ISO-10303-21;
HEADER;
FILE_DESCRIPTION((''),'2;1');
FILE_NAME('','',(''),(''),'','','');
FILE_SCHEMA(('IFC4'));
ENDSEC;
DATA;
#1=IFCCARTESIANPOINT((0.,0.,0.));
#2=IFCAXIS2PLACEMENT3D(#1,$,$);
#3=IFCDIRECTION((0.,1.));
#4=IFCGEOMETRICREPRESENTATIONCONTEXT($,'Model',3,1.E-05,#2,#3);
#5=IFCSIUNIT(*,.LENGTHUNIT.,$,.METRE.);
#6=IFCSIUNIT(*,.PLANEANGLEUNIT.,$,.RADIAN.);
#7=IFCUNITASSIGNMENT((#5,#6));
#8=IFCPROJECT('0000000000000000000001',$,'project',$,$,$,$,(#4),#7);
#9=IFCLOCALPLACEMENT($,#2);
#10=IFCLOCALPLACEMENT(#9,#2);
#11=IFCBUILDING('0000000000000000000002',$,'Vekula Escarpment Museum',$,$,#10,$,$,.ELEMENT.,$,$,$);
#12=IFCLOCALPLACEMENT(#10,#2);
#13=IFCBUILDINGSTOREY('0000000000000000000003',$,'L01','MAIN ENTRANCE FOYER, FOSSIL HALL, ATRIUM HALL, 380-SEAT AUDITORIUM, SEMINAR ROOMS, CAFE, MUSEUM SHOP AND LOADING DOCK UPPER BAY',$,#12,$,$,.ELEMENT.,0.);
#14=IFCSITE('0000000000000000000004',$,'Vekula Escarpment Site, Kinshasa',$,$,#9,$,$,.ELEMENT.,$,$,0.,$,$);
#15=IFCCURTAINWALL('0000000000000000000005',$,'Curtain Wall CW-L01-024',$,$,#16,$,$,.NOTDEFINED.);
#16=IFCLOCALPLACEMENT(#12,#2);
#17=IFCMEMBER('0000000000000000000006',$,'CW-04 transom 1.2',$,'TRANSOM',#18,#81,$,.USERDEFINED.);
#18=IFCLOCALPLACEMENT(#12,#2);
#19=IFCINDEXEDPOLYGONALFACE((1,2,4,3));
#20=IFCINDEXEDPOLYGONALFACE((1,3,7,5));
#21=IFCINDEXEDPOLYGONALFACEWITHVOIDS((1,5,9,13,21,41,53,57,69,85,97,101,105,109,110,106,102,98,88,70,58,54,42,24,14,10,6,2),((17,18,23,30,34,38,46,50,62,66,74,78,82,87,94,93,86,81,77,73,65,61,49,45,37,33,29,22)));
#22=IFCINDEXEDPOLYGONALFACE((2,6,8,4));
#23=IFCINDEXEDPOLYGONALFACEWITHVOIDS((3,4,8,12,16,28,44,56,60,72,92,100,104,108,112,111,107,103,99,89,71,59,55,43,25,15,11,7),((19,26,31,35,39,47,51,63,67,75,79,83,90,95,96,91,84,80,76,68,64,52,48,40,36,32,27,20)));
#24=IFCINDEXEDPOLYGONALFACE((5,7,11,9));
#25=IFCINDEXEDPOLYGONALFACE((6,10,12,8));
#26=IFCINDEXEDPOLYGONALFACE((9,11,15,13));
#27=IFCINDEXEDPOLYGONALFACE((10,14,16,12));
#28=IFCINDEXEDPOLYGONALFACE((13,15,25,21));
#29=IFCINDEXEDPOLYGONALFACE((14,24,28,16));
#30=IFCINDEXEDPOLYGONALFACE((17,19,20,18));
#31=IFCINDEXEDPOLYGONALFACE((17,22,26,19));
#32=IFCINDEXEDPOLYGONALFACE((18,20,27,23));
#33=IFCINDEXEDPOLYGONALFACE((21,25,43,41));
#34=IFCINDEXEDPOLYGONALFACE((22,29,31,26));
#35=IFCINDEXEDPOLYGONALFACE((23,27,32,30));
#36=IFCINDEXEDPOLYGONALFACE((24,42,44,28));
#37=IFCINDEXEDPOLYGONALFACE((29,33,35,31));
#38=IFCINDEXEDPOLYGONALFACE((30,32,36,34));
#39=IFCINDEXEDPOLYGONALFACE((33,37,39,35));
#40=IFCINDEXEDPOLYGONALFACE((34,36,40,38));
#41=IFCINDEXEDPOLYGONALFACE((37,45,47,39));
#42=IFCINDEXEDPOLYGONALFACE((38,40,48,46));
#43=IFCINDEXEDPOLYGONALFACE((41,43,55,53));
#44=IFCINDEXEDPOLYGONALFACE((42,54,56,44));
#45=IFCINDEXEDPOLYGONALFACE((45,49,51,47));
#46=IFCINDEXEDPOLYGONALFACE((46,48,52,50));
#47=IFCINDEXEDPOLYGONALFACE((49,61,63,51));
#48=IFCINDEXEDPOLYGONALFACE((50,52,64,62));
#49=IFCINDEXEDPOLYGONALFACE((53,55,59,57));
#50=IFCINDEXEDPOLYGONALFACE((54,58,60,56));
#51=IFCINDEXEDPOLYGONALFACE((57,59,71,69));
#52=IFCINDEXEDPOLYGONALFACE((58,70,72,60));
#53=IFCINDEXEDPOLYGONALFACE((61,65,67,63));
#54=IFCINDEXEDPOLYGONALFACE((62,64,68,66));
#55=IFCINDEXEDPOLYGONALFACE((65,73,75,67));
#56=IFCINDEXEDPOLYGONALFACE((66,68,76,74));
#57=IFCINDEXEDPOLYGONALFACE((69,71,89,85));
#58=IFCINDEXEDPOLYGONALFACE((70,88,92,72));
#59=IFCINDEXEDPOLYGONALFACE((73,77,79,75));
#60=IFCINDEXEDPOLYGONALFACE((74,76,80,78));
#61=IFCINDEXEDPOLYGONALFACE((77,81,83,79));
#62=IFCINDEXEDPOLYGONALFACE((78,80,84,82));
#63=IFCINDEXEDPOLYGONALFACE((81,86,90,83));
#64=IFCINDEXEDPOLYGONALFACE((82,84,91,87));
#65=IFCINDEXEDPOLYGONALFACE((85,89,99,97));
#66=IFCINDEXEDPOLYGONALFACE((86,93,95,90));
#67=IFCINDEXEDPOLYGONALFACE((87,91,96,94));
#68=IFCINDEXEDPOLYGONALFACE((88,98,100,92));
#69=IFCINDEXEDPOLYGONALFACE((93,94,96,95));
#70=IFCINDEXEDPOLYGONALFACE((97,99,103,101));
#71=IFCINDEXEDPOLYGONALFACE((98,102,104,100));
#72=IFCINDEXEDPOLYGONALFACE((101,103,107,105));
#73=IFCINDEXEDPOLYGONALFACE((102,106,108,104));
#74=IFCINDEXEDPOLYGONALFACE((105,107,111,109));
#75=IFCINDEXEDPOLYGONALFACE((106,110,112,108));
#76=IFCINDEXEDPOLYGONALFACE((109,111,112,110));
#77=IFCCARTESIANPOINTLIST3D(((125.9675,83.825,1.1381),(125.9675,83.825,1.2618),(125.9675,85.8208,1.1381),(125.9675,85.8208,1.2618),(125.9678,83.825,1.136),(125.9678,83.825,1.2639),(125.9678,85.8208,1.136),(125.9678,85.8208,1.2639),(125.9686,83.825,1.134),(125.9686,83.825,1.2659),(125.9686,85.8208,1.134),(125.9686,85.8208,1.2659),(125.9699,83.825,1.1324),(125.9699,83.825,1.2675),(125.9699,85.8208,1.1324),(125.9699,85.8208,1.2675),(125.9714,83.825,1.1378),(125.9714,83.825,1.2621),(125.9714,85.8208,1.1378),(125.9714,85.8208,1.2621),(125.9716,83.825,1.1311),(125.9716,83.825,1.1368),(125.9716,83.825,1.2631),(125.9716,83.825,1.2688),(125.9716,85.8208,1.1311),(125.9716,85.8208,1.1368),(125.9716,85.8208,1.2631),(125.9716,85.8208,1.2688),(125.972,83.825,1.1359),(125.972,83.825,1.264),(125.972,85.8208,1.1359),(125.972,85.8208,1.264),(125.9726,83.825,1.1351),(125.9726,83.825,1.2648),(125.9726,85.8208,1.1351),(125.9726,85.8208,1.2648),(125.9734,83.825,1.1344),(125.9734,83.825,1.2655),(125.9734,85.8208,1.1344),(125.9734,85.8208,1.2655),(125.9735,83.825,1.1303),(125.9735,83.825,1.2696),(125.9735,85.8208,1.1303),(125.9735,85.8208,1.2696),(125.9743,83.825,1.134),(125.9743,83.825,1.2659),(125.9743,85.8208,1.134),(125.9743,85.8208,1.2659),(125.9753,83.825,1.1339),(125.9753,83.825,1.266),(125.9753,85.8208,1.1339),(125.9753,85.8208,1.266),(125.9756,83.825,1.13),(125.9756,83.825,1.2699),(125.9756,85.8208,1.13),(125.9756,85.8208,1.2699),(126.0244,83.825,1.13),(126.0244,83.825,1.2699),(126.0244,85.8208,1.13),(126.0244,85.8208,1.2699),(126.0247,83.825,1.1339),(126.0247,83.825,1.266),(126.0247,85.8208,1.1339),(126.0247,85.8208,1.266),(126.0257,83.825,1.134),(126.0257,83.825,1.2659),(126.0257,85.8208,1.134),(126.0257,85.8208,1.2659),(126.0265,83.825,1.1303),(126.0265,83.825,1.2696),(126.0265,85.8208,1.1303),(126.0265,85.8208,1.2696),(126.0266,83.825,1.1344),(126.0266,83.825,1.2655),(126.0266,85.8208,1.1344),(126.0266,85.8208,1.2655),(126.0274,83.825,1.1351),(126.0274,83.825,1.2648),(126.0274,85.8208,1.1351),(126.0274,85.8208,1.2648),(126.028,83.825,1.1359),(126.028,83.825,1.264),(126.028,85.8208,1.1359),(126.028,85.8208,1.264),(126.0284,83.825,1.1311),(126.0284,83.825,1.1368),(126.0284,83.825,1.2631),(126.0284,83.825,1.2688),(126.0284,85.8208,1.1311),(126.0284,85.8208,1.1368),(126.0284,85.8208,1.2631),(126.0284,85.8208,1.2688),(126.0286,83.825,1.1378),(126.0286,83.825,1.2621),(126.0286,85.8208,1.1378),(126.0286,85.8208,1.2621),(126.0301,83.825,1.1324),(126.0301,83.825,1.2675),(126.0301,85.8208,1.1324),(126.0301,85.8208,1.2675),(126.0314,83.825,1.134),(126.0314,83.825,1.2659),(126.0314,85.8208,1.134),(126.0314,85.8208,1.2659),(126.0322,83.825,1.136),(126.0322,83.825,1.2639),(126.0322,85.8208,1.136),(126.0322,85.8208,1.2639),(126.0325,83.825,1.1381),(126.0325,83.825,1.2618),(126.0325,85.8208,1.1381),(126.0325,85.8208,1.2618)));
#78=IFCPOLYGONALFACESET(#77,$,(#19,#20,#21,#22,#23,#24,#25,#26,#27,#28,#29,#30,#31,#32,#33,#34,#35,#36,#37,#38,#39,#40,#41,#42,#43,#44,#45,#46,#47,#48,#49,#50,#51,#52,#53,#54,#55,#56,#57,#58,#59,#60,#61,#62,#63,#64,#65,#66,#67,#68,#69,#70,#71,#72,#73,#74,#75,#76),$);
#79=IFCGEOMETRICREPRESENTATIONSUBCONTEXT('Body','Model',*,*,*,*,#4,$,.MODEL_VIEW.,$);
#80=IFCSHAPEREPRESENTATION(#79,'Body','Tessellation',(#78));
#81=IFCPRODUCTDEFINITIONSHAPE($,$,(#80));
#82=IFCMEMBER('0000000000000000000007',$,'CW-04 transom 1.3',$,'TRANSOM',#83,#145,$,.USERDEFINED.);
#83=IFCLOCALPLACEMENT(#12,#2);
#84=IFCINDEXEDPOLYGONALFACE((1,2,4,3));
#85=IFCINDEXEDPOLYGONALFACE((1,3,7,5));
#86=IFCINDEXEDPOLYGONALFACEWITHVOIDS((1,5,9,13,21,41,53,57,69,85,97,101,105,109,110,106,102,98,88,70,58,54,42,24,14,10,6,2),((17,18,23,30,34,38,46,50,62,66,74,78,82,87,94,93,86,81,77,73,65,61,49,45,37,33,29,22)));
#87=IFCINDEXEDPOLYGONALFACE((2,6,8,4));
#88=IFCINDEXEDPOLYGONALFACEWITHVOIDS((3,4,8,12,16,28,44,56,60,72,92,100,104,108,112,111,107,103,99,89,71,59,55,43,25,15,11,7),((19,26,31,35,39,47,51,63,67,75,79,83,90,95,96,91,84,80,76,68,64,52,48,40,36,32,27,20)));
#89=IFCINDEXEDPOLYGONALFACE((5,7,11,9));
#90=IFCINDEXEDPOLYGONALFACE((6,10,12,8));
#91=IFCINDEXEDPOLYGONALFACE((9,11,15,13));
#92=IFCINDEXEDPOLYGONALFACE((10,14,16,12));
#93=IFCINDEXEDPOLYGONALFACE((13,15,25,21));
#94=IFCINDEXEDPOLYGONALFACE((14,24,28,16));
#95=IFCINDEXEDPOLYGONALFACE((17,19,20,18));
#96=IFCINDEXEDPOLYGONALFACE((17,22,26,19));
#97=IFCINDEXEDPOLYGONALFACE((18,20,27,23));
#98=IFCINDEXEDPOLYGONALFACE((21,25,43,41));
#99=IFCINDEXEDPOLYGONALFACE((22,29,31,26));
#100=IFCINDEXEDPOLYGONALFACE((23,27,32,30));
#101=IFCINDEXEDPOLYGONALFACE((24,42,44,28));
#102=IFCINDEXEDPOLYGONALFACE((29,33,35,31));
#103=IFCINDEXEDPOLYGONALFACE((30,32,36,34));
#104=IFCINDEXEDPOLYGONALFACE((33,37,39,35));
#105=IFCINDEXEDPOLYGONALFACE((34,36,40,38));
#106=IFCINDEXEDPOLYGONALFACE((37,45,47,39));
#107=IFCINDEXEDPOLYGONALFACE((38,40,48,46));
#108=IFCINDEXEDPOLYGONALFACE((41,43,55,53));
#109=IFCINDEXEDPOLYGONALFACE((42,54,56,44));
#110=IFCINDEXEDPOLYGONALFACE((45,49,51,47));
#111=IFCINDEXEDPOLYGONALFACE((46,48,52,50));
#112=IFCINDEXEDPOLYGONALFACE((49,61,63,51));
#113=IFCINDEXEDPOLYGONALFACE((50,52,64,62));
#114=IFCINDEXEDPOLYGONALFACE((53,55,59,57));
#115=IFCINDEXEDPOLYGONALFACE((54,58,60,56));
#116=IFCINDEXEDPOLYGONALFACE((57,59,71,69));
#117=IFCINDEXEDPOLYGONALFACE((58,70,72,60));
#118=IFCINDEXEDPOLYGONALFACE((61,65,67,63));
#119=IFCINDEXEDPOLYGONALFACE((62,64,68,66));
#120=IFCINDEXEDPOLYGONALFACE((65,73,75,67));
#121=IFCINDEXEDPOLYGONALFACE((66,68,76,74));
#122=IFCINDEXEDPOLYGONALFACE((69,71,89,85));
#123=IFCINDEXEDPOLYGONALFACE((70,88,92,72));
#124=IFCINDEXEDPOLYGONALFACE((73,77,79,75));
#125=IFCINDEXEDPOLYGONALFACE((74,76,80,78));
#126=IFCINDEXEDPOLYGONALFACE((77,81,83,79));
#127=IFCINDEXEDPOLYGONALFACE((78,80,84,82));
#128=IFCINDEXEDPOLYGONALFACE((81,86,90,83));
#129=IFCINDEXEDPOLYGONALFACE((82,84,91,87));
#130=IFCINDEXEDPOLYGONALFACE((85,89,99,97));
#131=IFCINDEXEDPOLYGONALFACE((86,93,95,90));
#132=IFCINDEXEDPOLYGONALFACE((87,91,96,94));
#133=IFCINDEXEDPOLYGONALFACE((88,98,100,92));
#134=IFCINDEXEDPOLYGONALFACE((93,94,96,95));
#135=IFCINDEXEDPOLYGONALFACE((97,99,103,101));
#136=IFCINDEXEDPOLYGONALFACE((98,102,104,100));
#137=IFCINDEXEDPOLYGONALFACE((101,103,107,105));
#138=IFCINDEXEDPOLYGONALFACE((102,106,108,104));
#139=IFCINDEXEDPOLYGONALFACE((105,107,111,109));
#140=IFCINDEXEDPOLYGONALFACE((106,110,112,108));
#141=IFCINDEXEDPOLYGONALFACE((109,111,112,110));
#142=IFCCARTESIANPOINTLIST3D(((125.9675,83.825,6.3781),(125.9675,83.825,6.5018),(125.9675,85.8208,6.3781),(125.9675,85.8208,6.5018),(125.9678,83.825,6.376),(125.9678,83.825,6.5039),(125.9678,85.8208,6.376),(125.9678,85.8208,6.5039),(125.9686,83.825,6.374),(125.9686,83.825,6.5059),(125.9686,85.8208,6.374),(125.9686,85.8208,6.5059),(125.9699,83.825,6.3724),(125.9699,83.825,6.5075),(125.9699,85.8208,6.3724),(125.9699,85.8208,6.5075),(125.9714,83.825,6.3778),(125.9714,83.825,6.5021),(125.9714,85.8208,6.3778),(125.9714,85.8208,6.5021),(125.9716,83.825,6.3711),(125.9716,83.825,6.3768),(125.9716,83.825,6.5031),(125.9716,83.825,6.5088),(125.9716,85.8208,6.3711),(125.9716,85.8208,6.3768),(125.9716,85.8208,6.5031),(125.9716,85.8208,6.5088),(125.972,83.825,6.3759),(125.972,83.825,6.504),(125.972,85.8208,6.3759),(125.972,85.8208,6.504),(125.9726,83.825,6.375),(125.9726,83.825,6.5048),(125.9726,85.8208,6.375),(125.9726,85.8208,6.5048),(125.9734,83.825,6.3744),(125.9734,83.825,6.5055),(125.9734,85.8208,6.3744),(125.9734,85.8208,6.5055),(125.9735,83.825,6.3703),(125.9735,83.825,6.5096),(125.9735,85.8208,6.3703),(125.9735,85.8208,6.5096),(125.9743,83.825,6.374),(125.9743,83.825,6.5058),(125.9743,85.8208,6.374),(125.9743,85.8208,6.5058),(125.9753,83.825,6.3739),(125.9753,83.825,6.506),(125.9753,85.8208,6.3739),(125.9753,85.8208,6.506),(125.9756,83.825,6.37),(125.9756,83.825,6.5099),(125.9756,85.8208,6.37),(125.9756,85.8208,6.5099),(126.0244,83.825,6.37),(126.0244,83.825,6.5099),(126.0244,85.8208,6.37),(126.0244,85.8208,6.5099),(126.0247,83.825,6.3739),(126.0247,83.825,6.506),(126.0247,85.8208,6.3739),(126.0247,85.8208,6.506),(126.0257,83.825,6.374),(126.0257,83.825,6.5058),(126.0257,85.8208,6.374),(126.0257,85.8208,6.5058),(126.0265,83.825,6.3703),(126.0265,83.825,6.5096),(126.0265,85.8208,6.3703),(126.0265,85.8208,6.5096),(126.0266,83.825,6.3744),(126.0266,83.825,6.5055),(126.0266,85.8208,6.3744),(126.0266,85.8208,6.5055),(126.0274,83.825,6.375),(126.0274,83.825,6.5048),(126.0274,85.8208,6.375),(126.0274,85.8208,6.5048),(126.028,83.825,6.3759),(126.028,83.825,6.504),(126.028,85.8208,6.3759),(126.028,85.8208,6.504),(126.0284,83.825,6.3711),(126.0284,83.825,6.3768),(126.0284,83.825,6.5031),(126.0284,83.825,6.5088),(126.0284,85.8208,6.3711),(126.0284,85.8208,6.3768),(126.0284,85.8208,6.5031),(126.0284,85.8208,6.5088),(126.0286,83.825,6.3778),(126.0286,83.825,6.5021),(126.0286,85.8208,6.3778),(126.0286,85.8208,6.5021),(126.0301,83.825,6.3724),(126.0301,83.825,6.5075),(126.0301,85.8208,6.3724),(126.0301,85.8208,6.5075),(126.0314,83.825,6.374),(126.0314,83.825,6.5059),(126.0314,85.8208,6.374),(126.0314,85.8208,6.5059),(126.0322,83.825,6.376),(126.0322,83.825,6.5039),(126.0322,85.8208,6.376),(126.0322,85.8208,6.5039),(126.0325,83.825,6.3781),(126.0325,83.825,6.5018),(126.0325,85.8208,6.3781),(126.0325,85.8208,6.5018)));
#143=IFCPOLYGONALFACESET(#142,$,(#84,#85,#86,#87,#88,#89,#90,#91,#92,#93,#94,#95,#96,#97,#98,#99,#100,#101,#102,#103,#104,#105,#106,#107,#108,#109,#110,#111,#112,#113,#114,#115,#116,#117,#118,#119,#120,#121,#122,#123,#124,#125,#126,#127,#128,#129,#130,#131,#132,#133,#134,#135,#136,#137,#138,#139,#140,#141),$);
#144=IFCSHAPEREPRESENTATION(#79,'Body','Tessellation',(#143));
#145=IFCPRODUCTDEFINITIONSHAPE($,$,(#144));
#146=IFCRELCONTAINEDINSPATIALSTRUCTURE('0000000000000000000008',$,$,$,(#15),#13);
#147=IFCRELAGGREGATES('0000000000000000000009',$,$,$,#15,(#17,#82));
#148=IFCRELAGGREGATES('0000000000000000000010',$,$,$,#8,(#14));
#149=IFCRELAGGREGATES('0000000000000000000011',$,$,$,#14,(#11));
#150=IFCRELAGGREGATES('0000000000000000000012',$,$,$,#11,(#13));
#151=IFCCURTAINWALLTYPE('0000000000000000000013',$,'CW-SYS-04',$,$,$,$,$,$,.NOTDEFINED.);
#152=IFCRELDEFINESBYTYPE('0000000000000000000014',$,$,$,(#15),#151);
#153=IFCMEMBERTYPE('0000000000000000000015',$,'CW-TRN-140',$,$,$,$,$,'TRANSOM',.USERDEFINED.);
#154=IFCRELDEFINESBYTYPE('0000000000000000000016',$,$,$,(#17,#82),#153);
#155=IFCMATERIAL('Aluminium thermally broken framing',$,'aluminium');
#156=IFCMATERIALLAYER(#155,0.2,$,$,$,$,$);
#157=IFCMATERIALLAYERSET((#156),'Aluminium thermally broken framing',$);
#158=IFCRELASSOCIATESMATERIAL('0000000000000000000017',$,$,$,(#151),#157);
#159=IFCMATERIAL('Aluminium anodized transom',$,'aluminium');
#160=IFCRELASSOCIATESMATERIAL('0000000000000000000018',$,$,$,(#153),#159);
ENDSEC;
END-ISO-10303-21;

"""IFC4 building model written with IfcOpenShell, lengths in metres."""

from ifc_helpers import new_model, si_unit, direction, frame, origin, origin_2d, place, context, subcontext, project, spatial, hollow_rectangle, extrude, material, layer, layer_set, material_profile, profile_set, type_object, element, aggregate, save


model = new_model("IFC4")

# Units and contexts
model_context = context("Model", 3, precision=1e-05, world=origin(), true_north=direction((0.0, 1.0)))
body_context = subcontext(model_context, "Body", "Model", "MODEL_VIEW")
ifc_project = project(units=[si_unit("LENGTHUNIT", "METRE"), si_unit("PLANEANGLEUNIT", "RADIAN")], contexts=[model_context])

# Site, building, storey
site_placement = place(None, origin())
site = spatial("IfcSite", under=ifc_project, at=site_placement, Name="Vekula Escarpment Site, Kinshasa", CompositionType="ELEMENT", RefElevation=0.0)
building_placement = place(site_placement, origin())
building = spatial("IfcBuilding", under=site, at=building_placement, Name="Vekula Escarpment Museum", CompositionType="ELEMENT")
storey_placement = place(building_placement, origin())
storey = spatial("IfcBuildingStorey", under=building, at=storey_placement, Name="L01", Description="MAIN ENTRANCE FOYER, FOSSIL HALL, ATRIUM HALL, 380-SEAT AUDITORIUM, SEMINAR ROOMS, CAFE, MUSEUM SHOP AND LOADING DOCK UPPER BAY", CompositionType="ELEMENT", Elevation=0.0)

# Curtain wall
ifc_material_1 = material(Name="Aluminium thermally broken framing", Category="aluminium")
ifc_layer_1 = layer(ifc_material_1, 0.2)
ifc_layer_set_1 = layer_set([ifc_layer_1], Name="Aluminium thermally broken framing")
curtain_wall_type_1 = type_object("IfcCurtainWallType", Name="CW-SYS-04", PredefinedType="NOTDEFINED", material=ifc_layer_set_1)
curtain_wall_1_placement = place(storey_placement, origin())
curtain_wall_1 = element("IfcCurtainWall", 1, at=curtain_wall_1_placement, inside=storey, type_object=curtain_wall_type_1, Name="Curtain Wall CW-L01-024", PredefinedType="NOTDEFINED")

# Members
ifc_material_2 = material(Name="Aluminium anodized transom", Category="aluminium")
ifc_material_profile_1 = material_profile(ifc_material_2, hollow_rectangle(XDim=0.0649, YDim=0.1399, WallThickness=0.0039, InnerFilletRadius=0.0039, OuterFilletRadius=0.0081, at=origin_2d()), Name="ALU 140x65x4")
ifc_profile_set_1 = profile_set([ifc_material_profile_1], Name="Aluminium anodized transom")
member_type_1 = type_object("IfcMemberType", Name="CW-TRN-140", ElementType="TRANSOM", PredefinedType="USERDEFINED", material=ifc_profile_set_1)
member_1_placement = place(storey_placement, frame((126.0, 83.825, 1.2), z_axis=(0.0, 1.0, 0.0), x_axis=(-1.0, 0.0, 0.0)))
member_1 = element("IfcMember", 2, at=member_1_placement, type_object=member_type_1, Name="CW-04 transom 1.2", ObjectType="TRANSOM", PredefinedType="USERDEFINED", context=body_context, shape_type="SweptSolid", body=[
    extrude(hollow_rectangle(XDim=0.0649, YDim=0.1399, WallThickness=0.0039, InnerFilletRadius=0.0039, OuterFilletRadius=0.0081, at=origin_2d()), origin(), (0.0, 0.0, 1.0), 1.9958),
])
member_2_placement = place(storey_placement, frame((126.0, 83.825, 6.4399), z_axis=(0.0, 1.0, 0.0), x_axis=(-1.0, 0.0, 0.0)))
member_2 = element("IfcMember", 3, at=member_2_placement, type_object=member_type_1, Name="CW-04 transom 1.3", ObjectType="TRANSOM", PredefinedType="USERDEFINED", context=body_context, shape_type="SweptSolid", body=[
    extrude(hollow_rectangle(XDim=0.0649, YDim=0.1399, WallThickness=0.0039, InnerFilletRadius=0.0039, OuterFilletRadius=0.0081, at=origin_2d()), origin(), (0.0, 0.0, 1.0), 1.9958),
])

aggregate(curtain_wall_1, [member_1, member_2])

save(model, "model.ifc")
